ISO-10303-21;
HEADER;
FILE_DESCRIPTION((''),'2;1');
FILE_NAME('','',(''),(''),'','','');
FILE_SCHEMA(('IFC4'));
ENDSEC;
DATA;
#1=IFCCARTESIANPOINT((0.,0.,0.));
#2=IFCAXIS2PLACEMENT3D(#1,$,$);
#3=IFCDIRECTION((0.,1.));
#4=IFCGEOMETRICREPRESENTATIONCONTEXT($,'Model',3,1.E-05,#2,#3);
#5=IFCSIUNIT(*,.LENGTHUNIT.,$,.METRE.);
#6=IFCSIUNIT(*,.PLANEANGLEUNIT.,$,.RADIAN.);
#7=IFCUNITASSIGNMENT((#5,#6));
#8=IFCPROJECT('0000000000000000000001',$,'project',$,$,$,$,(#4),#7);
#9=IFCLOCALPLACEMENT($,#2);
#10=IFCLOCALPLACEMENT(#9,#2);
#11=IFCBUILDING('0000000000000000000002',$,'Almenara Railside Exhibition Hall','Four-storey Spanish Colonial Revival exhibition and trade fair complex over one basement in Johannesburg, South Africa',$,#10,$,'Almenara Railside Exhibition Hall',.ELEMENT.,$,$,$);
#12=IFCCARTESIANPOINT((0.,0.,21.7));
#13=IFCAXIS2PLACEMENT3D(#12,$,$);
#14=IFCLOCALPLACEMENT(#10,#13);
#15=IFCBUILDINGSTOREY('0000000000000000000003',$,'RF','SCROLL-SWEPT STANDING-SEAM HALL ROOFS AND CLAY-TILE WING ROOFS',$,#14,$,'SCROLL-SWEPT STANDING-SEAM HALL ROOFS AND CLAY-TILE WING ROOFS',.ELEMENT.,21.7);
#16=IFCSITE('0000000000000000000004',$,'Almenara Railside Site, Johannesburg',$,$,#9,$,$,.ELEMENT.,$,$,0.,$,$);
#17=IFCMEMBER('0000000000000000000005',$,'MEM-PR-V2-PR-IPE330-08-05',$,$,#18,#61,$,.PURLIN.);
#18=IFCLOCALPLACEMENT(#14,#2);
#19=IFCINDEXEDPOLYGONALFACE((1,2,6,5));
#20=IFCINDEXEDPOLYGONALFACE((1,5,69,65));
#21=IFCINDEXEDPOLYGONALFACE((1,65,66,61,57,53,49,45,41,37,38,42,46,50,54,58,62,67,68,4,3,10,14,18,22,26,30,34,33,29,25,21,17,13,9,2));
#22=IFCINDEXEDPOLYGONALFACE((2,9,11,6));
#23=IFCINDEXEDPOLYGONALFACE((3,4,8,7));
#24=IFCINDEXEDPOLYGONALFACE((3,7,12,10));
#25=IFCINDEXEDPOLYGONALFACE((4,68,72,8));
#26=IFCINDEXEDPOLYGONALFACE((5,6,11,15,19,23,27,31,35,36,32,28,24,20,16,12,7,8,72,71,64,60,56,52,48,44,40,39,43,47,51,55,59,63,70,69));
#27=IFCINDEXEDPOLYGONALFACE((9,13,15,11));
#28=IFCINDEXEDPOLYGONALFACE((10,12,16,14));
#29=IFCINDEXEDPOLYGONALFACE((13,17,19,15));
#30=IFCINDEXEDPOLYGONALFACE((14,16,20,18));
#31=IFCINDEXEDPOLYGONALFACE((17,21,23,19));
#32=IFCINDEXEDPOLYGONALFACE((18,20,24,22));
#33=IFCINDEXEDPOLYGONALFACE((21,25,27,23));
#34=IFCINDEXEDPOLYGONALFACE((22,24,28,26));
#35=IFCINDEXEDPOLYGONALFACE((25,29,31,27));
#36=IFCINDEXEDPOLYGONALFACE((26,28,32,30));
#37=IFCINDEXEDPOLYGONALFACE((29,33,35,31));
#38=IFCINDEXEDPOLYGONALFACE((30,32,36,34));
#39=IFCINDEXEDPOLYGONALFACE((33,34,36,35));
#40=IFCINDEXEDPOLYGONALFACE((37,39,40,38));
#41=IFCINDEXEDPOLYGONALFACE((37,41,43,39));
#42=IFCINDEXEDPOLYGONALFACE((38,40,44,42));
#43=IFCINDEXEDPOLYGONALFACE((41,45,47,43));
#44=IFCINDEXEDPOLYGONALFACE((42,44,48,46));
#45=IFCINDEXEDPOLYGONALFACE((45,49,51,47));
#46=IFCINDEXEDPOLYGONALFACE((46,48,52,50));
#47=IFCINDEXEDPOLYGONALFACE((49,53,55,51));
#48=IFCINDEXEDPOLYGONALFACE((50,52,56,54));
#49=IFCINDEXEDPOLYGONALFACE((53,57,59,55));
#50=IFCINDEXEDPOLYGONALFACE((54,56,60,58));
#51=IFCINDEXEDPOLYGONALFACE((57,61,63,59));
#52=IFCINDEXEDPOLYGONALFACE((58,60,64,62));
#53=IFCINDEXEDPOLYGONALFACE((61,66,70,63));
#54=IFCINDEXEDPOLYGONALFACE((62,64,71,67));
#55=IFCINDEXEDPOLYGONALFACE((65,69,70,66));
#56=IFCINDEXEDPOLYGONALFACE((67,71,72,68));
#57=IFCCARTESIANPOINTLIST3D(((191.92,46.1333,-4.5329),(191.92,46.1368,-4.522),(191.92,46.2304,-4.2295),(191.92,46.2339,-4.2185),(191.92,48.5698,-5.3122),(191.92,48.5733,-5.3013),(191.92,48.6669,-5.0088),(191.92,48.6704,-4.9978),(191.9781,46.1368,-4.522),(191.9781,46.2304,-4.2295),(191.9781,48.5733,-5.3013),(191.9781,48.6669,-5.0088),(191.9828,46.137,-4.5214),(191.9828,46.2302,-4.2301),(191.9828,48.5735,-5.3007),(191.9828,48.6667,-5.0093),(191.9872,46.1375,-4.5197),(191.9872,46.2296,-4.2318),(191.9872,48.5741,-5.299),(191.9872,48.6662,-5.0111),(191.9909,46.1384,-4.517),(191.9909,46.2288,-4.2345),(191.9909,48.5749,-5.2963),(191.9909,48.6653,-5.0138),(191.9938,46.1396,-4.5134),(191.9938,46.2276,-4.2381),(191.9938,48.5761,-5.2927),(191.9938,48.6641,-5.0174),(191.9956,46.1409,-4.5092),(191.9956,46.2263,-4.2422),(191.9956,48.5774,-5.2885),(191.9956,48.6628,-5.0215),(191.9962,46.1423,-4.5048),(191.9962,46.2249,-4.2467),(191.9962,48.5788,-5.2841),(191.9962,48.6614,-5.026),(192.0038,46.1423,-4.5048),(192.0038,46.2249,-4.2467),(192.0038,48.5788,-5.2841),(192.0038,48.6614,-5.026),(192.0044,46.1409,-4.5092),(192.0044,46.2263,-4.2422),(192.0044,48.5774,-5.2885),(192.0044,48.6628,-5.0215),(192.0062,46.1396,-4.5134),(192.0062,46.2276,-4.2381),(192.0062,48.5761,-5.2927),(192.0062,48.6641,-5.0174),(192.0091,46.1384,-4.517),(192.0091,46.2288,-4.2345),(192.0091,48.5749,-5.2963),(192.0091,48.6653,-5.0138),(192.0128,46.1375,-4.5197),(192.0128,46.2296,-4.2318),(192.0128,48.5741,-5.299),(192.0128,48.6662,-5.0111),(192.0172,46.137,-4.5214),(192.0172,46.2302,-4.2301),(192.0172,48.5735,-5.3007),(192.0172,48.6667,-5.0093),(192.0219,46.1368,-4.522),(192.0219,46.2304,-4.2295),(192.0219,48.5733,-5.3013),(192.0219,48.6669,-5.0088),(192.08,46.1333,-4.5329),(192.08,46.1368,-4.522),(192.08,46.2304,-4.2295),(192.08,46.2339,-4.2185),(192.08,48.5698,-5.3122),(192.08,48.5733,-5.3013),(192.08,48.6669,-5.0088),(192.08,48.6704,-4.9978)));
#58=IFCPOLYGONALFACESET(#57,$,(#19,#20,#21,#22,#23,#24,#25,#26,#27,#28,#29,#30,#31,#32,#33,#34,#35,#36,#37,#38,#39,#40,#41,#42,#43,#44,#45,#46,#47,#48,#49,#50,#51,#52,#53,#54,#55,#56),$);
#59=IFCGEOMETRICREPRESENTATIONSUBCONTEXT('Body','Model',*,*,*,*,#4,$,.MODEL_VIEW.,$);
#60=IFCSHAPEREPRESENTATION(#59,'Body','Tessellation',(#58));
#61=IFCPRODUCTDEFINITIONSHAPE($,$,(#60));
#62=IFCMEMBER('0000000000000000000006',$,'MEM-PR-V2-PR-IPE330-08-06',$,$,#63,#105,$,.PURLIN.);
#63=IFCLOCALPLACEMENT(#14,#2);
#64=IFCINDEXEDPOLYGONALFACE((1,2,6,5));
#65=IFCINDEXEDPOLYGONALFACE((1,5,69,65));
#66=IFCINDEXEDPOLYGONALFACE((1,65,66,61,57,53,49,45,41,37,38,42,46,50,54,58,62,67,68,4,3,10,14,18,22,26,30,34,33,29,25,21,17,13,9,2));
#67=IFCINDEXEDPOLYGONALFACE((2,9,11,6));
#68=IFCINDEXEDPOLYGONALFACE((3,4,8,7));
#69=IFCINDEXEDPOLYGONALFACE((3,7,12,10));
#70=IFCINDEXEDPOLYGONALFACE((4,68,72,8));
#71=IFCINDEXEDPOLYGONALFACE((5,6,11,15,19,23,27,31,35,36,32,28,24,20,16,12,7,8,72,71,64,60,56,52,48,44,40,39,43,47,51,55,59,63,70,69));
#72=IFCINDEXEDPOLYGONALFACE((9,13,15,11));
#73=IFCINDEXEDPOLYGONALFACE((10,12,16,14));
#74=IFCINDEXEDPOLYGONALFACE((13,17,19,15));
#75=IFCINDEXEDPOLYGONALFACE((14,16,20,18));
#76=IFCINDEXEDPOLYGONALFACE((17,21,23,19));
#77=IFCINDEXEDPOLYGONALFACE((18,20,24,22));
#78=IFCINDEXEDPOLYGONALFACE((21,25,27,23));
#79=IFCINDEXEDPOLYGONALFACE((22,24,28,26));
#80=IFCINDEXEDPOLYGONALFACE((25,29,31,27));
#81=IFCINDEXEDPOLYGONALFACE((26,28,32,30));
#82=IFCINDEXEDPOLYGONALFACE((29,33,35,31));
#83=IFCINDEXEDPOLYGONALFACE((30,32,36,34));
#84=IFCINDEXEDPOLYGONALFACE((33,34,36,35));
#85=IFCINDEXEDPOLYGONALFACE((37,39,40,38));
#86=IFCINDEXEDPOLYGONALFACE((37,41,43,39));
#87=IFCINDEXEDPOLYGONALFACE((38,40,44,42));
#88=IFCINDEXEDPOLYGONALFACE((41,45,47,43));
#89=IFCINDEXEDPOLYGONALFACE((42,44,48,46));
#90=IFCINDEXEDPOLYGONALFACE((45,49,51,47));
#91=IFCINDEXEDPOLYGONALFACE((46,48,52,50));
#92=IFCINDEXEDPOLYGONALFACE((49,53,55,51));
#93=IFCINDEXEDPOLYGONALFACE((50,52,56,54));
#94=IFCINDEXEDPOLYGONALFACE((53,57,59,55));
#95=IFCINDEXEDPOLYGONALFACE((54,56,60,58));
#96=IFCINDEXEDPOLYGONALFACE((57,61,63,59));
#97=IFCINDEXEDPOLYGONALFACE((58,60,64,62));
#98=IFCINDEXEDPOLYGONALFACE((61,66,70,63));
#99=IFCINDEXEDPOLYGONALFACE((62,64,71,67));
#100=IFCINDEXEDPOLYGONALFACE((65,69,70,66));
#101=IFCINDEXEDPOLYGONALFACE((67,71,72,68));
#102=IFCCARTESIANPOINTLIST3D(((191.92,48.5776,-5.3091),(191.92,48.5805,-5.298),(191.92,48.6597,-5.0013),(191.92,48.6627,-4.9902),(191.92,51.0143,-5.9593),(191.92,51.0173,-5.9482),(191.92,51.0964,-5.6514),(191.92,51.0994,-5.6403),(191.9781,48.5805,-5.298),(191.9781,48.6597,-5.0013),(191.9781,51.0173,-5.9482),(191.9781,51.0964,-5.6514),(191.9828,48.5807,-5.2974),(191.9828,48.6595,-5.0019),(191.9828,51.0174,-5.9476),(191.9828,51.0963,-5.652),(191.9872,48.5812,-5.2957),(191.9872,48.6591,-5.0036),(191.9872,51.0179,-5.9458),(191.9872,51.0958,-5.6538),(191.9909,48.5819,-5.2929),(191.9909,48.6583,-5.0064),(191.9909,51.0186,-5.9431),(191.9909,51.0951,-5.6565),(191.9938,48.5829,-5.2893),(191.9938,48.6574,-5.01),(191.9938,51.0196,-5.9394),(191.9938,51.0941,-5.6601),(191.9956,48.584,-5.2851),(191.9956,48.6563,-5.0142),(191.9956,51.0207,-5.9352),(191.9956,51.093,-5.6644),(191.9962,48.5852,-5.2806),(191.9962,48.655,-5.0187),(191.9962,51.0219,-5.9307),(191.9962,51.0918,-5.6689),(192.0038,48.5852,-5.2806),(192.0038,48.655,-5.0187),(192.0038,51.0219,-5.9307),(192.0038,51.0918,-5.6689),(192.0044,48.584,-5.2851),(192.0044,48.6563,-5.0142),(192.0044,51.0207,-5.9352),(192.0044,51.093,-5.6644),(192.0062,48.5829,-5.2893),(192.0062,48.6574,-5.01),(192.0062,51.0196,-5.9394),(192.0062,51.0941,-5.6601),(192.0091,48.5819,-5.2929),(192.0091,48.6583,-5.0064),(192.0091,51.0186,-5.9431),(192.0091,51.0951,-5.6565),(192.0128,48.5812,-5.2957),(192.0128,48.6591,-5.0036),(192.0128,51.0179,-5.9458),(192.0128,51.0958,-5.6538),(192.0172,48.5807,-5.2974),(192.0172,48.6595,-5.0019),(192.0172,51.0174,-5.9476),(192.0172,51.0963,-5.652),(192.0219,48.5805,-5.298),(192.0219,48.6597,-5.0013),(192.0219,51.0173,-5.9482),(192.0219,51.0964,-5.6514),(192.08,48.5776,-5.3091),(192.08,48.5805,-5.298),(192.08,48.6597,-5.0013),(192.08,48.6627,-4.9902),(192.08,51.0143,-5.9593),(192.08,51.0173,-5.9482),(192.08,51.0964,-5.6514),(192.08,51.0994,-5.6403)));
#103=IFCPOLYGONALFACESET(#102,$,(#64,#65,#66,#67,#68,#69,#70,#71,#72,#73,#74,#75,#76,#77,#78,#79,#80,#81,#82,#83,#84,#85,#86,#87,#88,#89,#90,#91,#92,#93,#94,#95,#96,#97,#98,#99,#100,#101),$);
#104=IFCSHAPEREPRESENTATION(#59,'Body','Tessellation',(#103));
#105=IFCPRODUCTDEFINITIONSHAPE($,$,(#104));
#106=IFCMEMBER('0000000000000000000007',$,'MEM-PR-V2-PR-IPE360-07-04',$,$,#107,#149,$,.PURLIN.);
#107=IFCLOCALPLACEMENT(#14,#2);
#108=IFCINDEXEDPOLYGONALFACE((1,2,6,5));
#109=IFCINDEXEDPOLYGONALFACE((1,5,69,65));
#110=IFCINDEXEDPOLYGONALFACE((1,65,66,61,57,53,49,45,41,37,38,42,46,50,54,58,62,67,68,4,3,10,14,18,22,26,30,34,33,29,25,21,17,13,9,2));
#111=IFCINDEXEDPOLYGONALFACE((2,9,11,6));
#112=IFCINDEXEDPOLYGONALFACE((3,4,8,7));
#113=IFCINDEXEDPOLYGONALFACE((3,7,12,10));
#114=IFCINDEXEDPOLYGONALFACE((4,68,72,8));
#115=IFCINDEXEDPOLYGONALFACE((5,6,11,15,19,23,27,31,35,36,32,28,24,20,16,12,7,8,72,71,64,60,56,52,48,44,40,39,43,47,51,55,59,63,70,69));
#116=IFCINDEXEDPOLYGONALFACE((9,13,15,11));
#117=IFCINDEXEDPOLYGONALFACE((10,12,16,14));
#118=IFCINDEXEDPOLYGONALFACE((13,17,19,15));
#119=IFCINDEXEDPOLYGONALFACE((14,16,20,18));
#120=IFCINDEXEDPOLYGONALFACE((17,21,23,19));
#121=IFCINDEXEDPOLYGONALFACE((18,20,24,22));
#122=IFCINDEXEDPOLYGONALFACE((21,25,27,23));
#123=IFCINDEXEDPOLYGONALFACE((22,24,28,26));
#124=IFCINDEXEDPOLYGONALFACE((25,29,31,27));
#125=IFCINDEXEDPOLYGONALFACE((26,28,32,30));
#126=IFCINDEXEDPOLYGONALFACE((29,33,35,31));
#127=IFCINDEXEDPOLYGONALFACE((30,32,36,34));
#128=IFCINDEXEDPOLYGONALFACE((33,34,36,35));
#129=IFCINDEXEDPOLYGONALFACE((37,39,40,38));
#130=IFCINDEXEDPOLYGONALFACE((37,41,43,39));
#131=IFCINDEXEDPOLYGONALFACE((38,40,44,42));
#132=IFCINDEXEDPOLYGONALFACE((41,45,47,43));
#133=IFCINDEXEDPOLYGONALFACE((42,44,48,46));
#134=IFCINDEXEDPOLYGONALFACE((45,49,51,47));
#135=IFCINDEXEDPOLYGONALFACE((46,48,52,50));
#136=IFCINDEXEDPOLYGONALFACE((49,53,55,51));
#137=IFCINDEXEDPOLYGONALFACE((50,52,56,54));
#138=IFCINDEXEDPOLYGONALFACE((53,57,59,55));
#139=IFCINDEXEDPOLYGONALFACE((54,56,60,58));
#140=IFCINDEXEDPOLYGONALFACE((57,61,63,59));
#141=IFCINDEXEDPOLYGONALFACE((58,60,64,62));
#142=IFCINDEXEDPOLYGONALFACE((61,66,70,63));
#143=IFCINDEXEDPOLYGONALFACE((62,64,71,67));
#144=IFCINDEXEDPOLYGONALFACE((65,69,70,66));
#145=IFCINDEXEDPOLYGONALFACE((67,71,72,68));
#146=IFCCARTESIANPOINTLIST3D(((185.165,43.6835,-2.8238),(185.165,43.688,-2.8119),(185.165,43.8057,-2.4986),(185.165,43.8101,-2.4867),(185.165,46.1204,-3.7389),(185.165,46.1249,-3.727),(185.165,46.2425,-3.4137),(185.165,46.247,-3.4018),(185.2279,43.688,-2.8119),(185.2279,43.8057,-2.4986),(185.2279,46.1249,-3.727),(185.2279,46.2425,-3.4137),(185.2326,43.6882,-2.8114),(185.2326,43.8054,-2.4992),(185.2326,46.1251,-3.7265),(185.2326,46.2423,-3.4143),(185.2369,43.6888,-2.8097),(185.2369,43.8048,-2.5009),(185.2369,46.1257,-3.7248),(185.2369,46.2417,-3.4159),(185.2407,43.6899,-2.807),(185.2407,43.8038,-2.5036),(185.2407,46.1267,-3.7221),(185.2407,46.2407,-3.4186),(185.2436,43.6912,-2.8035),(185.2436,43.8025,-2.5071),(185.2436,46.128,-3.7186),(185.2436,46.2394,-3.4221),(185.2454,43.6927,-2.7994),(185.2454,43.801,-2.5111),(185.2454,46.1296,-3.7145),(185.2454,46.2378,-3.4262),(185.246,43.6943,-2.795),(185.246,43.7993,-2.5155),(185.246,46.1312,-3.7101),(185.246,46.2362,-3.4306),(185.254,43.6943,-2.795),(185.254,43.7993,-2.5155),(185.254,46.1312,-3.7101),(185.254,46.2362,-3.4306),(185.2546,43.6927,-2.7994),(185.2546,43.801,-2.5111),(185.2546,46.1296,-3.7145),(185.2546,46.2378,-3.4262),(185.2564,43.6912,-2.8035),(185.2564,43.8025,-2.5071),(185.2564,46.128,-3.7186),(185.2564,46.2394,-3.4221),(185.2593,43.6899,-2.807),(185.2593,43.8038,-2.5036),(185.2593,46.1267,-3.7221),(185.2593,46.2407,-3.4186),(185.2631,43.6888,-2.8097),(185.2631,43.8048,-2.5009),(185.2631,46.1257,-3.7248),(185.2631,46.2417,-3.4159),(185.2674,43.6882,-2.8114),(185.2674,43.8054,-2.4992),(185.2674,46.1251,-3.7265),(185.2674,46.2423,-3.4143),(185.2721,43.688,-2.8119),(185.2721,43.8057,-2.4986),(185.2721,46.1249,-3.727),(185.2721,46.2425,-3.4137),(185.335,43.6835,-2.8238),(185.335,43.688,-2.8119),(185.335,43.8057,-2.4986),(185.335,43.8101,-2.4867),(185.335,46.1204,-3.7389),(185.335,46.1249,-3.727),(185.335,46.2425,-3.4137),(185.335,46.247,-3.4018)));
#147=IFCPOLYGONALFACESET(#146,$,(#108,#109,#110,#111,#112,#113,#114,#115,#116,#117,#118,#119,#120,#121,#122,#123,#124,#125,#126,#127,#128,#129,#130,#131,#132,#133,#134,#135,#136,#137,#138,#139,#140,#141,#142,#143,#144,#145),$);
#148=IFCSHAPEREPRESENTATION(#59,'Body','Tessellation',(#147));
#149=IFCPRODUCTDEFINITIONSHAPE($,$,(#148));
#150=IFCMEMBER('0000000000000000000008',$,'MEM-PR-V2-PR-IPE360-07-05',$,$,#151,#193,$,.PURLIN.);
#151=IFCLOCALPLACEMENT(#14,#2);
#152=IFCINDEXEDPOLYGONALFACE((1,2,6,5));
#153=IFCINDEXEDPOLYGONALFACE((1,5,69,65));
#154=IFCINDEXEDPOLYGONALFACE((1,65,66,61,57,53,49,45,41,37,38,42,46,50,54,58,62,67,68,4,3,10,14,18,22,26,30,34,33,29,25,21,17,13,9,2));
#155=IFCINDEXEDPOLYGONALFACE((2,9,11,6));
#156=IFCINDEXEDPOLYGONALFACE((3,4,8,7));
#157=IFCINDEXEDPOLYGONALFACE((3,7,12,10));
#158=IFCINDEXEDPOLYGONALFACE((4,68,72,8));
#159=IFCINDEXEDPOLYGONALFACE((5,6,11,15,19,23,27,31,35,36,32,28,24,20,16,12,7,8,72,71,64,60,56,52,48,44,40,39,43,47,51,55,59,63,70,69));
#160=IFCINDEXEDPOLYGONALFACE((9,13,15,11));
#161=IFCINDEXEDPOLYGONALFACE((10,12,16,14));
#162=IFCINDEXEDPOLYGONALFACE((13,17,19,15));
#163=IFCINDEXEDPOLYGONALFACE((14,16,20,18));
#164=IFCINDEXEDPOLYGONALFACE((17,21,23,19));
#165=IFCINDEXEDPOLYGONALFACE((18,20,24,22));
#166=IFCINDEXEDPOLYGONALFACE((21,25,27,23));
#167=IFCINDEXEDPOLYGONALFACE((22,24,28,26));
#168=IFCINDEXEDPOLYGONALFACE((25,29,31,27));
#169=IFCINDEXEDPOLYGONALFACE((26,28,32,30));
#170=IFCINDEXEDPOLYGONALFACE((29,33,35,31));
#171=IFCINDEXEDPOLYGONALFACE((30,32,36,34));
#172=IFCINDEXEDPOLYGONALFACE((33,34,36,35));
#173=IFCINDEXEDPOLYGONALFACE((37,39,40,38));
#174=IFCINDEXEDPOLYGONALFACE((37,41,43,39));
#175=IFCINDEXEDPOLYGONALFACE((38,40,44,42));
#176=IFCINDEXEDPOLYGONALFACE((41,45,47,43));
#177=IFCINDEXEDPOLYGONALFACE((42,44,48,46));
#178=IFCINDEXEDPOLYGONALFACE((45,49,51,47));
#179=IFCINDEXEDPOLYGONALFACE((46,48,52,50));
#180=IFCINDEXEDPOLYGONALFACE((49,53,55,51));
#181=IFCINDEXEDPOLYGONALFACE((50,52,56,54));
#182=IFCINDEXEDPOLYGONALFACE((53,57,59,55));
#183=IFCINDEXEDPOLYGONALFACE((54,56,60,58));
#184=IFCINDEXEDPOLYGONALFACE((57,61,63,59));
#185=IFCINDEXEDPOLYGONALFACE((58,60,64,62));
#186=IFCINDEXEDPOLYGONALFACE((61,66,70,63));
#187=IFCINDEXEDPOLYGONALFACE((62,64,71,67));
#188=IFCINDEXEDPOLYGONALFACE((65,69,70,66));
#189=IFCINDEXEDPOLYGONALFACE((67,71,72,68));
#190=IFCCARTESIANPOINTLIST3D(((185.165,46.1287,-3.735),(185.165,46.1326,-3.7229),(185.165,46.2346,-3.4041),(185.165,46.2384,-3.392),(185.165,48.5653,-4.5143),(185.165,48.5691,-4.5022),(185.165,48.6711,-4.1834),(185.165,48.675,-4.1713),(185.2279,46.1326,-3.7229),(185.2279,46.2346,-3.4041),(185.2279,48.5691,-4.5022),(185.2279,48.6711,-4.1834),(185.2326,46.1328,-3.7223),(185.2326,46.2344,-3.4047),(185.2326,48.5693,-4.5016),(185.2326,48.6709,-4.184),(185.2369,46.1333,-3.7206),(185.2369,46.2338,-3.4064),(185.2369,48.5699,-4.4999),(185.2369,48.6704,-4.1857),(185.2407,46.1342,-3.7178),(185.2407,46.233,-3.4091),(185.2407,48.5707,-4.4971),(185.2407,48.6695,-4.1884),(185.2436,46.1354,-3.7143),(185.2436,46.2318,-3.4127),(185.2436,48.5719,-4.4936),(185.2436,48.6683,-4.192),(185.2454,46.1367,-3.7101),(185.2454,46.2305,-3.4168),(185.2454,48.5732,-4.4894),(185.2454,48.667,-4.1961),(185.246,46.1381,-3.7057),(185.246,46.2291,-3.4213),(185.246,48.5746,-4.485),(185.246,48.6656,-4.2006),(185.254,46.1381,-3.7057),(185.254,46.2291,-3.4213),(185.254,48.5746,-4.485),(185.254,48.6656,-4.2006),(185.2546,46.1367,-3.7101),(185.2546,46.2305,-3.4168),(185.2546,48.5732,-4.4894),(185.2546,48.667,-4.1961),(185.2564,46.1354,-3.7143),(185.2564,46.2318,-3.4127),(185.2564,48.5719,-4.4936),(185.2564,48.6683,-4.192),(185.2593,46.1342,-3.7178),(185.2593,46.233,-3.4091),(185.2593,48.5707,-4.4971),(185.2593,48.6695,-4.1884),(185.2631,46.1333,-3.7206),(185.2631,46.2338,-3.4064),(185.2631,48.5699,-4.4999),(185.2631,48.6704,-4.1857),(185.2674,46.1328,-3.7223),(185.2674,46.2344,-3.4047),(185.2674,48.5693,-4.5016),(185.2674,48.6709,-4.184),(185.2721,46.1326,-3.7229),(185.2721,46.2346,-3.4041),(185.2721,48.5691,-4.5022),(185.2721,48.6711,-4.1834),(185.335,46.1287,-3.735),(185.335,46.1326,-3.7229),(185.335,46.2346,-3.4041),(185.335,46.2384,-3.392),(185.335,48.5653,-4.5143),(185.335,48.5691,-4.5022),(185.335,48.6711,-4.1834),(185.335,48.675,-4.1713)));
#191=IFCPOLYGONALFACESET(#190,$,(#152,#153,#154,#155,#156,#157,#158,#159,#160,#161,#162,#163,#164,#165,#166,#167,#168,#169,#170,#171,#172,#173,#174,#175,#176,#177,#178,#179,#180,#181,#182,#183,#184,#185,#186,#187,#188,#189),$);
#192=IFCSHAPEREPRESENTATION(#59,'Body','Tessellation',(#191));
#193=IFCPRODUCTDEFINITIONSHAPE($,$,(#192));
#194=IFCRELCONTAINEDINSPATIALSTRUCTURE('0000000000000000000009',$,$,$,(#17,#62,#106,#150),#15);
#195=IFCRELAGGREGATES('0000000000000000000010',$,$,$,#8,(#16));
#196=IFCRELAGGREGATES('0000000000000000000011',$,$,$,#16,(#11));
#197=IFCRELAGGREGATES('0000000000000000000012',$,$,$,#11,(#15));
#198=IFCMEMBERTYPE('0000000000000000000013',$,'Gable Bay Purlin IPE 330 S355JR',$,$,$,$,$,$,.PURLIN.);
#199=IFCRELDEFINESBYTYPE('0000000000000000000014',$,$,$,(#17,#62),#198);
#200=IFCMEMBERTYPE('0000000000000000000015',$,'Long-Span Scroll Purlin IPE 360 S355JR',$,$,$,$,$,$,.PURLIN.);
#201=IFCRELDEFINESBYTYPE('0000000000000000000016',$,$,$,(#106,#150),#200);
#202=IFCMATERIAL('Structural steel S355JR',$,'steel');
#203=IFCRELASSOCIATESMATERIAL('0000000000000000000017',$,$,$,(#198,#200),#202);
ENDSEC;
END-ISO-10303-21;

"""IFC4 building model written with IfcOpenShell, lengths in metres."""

from ifc_helpers import new_model, si_unit, direction, frame, origin, origin_2d, place, context, subcontext, project, spatial, i_section, extrude, material, material_profile, profile_set, type_object, element, save


model = new_model("IFC4")

# Units and contexts
model_context = context("Model", 3, precision=1e-05, world=origin(), true_north=direction((0.0, 1.0)))
body_context = subcontext(model_context, "Body", "Model", "MODEL_VIEW")
ifc_project = project(units=[si_unit("LENGTHUNIT", "METRE"), si_unit("PLANEANGLEUNIT", "RADIAN")], contexts=[model_context])

# Site, building, storey
site_placement = place(None, origin())
site = spatial("IfcSite", under=ifc_project, at=site_placement, Name="Almenara Railside Site, Johannesburg", CompositionType="ELEMENT", RefElevation=0.0)
building_placement = place(site_placement, origin())
building = spatial("IfcBuilding", under=site, at=building_placement, Name="Almenara Railside Exhibition Hall", Description="Four-storey Spanish Colonial Revival exhibition and trade fair complex over one basement in Johannesburg, South Africa", LongName="Almenara Railside Exhibition Hall", CompositionType="ELEMENT")
storey_placement = place(building_placement, frame((0.0, 0.0, 21.7)))
storey = spatial("IfcBuildingStorey", under=building, at=storey_placement, Name="RF", Description="SCROLL-SWEPT STANDING-SEAM HALL ROOFS AND CLAY-TILE WING ROOFS", LongName="SCROLL-SWEPT STANDING-SEAM HALL ROOFS AND CLAY-TILE WING ROOFS", CompositionType="ELEMENT", Elevation=21.7)

# Shared definitions
ifc_material_1 = material(Name="Structural steel S355JR", Category="steel")

# Members
ifc_material_profile_1 = material_profile(ifc_material_1, i_section(OverallWidth=0.1599, OverallDepth=0.3301, WebThickness=0.0076, FlangeThickness=0.0115, FilletRadius=0.0181, at=origin_2d()), Name="IPE 330")
ifc_profile_set_1 = profile_set([ifc_material_profile_1], Name="Structural steel S355JR")
member_type_1 = type_object("IfcMemberType", Name="Gable Bay Purlin IPE 330 S355JR", PredefinedType="PURLIN", material=ifc_profile_set_1)
member_1_placement = place(storey_placement, frame((192.0, 46.1836, -4.3757), z_axis=(0.0, 0.952468, -0.304637), x_axis=(-1.0, 0.0, 0.0)))
element("IfcMember", 1, at=member_1_placement, inside=storey, type_object=member_type_1, Name="MEM-PR-V2-PR-IPE330-08-05", PredefinedType="PURLIN", context=body_context, shape_type="SweptSolid", body=[
    extrude(i_section(OverallWidth=0.1599, OverallDepth=0.3301, WebThickness=0.0076, FlangeThickness=0.0115, FilletRadius=0.0181, at=origin_2d()), origin(), (0.0, 0.0, 1.0), 2.5581),
])
member_2_placement = place(storey_placement, frame((192.0, 48.6201, -5.1497), z_axis=(0.0, 0.966201, -0.257789), x_axis=(-1.0, 0.0, 0.0)))
element("IfcMember", 2, at=member_2_placement, inside=storey, type_object=member_type_1, Name="MEM-PR-V2-PR-IPE330-08-06", PredefinedType="PURLIN", context=body_context, shape_type="SweptSolid", body=[
    extrude(i_section(OverallWidth=0.1599, OverallDepth=0.3301, WebThickness=0.0076, FlangeThickness=0.0115, FilletRadius=0.0181, at=origin_2d()), origin(), (0.0, 0.0, 1.0), 2.522),
])
ifc_material_profile_2 = material_profile(ifc_material_1, i_section(OverallWidth=0.1699, OverallDepth=0.3601, WebThickness=0.0081, FlangeThickness=0.0127, FilletRadius=0.0181, at=origin_2d()), Name="IPE 360")
ifc_profile_set_2 = profile_set([ifc_material_profile_2], Name="Structural steel S355JR")
member_type_2 = type_object("IfcMemberType", Name="Long-Span Scroll Purlin IPE 360 S355JR", PredefinedType="PURLIN", material=ifc_profile_set_2)
member_3_placement = place(storey_placement, frame((185.25, 43.7468, -2.6553), z_axis=(0.0, 0.936171, -0.351545), x_axis=(-1.0, 0.0, 0.0)))
element("IfcMember", 3, at=member_3_placement, inside=storey, type_object=member_type_2, Name="MEM-PR-V2-PR-IPE360-07-04", PredefinedType="PURLIN", context=body_context, shape_type="SweptSolid", body=[
    extrude(i_section(OverallWidth=0.1699, OverallDepth=0.3601, WebThickness=0.0081, FlangeThickness=0.0127, FilletRadius=0.0181, at=origin_2d()), origin(), (0.0, 0.0, 1.0), 2.603),
])
member_4_placement = place(storey_placement, frame((185.25, 46.1836, -3.5635), z_axis=(0.0, 0.952468, -0.304637), x_axis=(-1.0, 0.0, 0.0)))
element("IfcMember", 4, at=member_4_placement, inside=storey, type_object=member_type_2, Name="MEM-PR-V2-PR-IPE360-07-05", PredefinedType="PURLIN", context=body_context, shape_type="SweptSolid", body=[
    extrude(i_section(OverallWidth=0.1699, OverallDepth=0.3601, WebThickness=0.0081, FlangeThickness=0.0127, FilletRadius=0.0181, at=origin_2d()), origin(), (0.0, 0.0, 1.0), 2.5581),
])

save(model, "model.ifc")
